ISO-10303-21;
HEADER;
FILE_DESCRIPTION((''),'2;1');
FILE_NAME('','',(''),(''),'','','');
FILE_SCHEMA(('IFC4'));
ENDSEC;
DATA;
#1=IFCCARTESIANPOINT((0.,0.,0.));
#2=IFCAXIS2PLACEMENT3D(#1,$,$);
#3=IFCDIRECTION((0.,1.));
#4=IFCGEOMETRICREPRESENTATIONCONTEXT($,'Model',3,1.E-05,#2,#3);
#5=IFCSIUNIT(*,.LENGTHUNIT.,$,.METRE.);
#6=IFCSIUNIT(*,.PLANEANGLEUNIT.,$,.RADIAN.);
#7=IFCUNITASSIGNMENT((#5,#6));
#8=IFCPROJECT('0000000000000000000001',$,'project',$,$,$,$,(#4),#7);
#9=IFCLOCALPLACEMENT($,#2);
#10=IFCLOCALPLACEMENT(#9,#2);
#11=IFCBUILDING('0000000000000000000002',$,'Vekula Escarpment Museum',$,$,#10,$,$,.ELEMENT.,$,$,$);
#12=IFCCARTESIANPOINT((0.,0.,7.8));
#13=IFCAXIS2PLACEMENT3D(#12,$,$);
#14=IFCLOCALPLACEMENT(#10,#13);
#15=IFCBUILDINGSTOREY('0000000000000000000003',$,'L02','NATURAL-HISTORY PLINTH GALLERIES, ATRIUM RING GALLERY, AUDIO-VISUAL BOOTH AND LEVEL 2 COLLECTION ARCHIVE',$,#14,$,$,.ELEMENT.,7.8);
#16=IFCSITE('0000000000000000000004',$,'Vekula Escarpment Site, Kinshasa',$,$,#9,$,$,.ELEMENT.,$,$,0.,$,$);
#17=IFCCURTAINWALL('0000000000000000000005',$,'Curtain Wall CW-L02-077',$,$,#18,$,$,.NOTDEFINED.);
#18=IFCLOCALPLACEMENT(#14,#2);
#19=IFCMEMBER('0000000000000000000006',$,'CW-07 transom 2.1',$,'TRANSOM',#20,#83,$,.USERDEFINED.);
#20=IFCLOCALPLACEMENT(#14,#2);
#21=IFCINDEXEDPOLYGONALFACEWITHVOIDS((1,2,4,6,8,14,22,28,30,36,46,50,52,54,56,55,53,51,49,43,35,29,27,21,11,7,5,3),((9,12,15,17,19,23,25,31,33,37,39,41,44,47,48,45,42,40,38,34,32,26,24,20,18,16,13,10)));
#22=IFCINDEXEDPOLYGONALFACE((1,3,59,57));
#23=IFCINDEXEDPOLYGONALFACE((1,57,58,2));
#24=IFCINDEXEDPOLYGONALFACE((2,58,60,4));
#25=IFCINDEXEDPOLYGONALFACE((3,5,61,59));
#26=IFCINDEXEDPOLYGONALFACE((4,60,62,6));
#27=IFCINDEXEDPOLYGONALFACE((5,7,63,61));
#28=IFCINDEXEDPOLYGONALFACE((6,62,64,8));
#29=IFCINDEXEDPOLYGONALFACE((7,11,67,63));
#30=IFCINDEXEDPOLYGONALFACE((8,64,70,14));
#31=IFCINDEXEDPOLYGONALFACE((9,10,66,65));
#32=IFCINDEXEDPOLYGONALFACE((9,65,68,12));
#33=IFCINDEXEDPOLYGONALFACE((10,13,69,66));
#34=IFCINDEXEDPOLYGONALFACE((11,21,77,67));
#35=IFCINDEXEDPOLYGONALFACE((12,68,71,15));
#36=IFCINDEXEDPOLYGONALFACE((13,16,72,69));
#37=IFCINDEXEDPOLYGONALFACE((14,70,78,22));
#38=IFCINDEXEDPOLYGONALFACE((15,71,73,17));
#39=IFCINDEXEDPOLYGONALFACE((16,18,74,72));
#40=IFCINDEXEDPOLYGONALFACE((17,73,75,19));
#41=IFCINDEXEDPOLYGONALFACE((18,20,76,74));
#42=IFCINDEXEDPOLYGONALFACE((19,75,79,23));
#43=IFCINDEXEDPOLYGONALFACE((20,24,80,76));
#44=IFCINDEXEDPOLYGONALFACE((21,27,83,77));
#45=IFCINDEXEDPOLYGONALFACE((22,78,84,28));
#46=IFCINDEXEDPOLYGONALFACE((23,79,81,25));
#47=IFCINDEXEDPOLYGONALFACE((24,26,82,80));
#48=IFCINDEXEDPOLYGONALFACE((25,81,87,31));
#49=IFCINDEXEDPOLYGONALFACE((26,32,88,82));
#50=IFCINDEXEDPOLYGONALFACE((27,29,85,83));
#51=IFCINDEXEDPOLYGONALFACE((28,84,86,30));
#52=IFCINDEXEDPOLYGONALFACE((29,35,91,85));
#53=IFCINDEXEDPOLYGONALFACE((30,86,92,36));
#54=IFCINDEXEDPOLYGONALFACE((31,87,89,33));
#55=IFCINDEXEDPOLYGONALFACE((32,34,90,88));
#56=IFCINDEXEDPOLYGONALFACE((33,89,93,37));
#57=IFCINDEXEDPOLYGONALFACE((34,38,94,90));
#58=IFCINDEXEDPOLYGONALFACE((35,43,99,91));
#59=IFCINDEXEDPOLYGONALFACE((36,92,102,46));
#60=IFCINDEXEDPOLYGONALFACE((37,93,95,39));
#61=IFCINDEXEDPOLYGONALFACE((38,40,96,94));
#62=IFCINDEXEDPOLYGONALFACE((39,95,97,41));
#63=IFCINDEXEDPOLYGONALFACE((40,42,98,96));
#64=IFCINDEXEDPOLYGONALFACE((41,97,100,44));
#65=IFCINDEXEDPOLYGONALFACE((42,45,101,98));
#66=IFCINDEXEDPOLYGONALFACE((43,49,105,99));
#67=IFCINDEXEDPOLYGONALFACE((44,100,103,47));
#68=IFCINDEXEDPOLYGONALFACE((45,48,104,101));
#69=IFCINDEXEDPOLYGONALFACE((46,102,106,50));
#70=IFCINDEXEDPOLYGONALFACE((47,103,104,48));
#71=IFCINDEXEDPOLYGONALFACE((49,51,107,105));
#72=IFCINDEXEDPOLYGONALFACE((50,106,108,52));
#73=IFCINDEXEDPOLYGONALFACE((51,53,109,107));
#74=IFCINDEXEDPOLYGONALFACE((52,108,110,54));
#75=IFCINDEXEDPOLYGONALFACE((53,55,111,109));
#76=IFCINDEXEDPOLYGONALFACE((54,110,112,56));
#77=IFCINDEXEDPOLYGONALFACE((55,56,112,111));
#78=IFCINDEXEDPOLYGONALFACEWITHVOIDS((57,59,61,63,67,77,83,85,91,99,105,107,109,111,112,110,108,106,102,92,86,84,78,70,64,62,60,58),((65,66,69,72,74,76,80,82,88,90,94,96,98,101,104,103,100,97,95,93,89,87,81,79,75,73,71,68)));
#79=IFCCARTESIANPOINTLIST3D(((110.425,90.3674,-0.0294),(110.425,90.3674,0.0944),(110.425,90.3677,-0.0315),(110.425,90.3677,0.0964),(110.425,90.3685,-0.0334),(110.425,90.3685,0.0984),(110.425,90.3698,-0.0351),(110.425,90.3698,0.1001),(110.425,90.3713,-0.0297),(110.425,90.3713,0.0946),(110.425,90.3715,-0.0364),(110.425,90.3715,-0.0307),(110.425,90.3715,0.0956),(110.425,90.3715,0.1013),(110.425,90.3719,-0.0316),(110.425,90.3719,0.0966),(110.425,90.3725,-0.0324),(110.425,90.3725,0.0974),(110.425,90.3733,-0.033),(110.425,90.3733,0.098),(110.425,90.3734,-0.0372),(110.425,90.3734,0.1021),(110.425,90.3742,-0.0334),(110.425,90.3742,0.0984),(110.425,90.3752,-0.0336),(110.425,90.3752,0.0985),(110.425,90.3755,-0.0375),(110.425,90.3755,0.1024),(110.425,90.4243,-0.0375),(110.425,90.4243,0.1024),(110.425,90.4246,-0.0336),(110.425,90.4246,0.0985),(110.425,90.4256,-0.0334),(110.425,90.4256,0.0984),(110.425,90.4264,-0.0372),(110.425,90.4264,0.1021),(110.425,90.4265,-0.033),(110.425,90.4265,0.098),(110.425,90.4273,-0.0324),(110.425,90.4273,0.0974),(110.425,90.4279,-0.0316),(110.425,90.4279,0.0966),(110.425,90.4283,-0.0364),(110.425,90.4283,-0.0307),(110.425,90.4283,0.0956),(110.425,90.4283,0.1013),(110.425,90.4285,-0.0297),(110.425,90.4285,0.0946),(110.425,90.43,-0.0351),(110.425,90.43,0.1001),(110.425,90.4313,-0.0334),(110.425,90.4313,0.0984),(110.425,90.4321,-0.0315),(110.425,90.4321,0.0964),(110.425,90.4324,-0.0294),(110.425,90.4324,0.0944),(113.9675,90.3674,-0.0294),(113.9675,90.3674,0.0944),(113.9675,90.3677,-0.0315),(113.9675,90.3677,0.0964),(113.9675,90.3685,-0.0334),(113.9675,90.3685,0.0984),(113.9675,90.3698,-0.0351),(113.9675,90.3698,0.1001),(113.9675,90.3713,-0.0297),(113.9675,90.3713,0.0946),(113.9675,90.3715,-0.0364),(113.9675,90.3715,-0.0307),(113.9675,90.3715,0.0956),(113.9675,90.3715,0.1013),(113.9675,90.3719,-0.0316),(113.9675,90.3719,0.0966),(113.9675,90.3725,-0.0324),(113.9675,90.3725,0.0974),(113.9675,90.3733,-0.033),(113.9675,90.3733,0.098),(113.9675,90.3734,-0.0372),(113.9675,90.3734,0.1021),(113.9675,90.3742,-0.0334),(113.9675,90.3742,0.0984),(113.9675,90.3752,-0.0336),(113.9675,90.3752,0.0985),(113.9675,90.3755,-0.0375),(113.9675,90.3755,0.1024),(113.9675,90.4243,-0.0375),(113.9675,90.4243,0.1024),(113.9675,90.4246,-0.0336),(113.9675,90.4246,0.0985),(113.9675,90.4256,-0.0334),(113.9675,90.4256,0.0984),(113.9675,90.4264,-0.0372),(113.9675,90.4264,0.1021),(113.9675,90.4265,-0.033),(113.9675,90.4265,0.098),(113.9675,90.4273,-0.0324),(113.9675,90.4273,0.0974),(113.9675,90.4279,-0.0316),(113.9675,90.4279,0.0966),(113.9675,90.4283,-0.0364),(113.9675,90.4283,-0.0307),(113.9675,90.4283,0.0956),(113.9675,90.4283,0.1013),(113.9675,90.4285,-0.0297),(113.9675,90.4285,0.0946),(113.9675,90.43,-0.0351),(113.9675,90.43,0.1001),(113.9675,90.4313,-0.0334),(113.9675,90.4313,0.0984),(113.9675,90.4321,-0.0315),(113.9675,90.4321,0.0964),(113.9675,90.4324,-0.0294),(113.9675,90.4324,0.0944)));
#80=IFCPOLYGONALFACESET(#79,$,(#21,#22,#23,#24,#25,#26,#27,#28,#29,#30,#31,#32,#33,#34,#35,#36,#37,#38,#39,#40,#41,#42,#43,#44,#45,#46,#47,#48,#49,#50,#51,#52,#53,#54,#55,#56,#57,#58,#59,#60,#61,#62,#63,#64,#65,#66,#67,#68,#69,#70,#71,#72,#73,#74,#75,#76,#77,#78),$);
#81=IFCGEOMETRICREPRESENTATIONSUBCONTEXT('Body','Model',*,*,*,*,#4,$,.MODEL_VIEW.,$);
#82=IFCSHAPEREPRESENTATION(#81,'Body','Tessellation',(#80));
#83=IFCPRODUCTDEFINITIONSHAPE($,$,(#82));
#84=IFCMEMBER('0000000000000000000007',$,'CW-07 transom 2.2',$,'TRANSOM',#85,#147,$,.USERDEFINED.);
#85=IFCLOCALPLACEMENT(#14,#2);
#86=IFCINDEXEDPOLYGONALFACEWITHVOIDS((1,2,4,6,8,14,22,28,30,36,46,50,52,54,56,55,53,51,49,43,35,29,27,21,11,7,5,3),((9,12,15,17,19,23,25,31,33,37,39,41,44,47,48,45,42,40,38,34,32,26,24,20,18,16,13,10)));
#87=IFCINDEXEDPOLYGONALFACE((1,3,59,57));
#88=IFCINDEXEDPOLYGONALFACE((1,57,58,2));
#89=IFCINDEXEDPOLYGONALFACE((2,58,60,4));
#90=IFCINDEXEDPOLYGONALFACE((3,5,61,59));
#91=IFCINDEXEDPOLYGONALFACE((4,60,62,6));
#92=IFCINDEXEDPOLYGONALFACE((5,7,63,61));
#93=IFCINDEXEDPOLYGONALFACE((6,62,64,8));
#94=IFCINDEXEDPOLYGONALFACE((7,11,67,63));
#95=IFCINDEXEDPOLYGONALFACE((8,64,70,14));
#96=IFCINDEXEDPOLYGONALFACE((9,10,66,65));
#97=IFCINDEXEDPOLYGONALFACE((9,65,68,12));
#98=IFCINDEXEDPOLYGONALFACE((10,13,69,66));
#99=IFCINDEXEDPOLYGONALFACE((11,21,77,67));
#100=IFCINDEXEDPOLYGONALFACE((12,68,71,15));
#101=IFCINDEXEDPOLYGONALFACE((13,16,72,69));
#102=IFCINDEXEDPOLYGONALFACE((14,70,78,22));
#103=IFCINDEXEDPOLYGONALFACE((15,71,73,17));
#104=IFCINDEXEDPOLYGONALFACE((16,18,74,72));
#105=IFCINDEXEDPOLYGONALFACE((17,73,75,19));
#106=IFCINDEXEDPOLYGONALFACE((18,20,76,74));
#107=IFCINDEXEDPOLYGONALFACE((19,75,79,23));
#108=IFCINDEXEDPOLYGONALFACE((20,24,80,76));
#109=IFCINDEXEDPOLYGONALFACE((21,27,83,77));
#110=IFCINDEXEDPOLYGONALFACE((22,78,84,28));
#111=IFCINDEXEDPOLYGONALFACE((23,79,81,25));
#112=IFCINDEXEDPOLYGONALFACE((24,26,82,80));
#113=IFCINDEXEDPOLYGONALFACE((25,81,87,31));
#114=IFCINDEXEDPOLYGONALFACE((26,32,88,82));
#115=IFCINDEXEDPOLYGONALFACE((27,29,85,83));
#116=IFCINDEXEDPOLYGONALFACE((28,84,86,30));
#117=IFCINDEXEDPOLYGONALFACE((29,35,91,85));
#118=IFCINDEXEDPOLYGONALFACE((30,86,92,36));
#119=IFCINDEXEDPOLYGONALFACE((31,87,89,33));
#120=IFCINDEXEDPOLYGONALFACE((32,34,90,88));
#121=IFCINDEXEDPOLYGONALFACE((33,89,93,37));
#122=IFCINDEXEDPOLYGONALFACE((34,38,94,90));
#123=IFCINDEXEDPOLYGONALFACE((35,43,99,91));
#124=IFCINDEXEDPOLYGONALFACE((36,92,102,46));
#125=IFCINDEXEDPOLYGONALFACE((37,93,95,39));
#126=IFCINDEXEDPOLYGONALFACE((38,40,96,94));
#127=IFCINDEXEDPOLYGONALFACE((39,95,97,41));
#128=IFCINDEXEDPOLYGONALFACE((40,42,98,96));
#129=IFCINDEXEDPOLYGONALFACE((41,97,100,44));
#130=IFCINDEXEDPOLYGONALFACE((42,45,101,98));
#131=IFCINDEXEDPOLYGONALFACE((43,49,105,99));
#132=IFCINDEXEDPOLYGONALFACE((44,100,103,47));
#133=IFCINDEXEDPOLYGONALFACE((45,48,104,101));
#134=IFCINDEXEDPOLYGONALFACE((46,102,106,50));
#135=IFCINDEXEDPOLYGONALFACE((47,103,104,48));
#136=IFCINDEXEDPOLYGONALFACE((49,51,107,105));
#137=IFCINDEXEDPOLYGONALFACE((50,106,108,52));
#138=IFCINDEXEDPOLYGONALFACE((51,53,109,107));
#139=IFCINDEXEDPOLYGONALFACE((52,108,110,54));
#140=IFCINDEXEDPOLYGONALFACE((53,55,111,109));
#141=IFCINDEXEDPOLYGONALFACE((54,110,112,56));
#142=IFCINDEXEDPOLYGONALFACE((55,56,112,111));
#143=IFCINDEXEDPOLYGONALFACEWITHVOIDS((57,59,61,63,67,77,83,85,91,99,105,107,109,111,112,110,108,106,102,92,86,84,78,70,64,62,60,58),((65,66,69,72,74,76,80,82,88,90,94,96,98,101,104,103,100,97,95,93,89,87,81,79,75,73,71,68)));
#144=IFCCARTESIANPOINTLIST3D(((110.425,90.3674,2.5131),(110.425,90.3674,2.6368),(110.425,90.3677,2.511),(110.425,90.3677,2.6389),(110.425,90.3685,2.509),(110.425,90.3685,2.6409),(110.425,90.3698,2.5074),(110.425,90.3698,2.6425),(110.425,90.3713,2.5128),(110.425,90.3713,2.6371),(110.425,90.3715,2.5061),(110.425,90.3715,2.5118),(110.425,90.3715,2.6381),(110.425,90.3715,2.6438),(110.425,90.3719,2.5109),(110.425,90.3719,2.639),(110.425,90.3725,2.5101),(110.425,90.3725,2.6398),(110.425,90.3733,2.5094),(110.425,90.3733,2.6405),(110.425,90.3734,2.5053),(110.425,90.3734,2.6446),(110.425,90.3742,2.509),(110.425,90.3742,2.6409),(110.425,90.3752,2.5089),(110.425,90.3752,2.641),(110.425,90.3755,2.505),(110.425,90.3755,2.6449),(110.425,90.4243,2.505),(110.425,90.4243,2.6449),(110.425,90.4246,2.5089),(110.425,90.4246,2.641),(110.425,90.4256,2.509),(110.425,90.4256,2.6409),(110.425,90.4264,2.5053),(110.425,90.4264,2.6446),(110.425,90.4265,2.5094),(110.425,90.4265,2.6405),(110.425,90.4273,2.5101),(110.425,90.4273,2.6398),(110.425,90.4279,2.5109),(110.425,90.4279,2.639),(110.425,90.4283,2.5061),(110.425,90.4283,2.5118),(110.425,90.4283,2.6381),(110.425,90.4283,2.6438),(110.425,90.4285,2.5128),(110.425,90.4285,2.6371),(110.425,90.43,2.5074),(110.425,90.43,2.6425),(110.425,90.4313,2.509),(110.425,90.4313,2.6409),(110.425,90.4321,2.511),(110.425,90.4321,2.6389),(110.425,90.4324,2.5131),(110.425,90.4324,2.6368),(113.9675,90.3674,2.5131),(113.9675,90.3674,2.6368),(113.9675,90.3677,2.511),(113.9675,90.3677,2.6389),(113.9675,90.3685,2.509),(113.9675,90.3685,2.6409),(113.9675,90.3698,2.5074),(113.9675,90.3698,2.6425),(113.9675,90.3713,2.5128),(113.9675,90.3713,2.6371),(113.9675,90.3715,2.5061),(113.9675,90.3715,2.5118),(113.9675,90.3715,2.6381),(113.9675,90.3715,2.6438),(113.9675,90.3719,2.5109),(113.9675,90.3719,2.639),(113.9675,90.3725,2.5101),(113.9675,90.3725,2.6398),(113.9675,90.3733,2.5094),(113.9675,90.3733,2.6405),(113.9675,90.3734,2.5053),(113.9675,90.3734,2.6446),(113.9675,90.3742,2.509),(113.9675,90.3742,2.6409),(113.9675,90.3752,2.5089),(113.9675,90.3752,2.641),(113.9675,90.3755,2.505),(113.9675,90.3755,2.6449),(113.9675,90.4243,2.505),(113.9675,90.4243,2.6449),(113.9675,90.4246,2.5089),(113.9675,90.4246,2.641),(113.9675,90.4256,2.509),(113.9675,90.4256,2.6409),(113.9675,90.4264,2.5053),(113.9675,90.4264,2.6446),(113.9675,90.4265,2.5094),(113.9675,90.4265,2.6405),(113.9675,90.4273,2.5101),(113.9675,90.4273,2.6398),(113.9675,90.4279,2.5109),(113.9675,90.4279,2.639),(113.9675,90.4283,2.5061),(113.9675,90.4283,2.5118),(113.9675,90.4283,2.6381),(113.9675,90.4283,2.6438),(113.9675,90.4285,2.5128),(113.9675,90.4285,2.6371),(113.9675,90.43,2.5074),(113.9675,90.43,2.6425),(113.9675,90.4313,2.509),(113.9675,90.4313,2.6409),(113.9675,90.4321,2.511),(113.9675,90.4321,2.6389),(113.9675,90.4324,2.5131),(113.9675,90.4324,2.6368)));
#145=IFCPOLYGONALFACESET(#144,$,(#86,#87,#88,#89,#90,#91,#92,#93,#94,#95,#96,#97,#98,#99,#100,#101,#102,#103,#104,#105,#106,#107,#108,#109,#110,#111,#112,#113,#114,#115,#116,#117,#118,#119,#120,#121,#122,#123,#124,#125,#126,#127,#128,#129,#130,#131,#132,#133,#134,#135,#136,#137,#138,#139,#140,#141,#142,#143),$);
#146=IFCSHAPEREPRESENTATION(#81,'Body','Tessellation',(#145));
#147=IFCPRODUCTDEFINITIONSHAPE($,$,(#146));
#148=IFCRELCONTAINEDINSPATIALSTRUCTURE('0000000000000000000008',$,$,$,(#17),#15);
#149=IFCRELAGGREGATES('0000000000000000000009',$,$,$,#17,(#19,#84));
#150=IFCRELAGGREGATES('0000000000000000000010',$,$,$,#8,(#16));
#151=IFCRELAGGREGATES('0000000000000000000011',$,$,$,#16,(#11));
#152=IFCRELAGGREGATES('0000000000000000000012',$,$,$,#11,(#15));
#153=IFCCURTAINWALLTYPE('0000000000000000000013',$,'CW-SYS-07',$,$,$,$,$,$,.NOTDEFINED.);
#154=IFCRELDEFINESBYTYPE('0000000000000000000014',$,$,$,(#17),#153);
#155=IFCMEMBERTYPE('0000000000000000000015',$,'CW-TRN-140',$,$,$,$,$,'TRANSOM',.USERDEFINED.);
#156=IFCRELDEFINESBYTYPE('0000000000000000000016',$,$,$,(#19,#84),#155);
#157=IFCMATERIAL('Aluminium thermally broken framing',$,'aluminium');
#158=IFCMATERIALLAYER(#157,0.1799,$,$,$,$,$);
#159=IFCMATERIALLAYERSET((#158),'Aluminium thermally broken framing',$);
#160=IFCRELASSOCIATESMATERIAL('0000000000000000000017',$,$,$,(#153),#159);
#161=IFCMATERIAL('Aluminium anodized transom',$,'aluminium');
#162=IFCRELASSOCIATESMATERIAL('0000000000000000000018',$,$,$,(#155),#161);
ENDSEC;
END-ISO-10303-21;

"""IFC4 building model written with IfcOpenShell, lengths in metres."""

from ifc_helpers import new_model, si_unit, direction, frame, origin, origin_2d, place, context, subcontext, project, spatial, hollow_rectangle, extrude, material, layer, layer_set, material_profile, profile_set, type_object, element, aggregate, save


model = new_model("IFC4")

# Units and contexts
model_context = context("Model", 3, precision=1e-05, world=origin(), true_north=direction((0.0, 1.0)))
body_context = subcontext(model_context, "Body", "Model", "MODEL_VIEW")
ifc_project = project(units=[si_unit("LENGTHUNIT", "METRE"), si_unit("PLANEANGLEUNIT", "RADIAN")], contexts=[model_context])

# Site, building, storey
site_placement = place(None, origin())
site = spatial("IfcSite", under=ifc_project, at=site_placement, Name="Vekula Escarpment Site, Kinshasa", CompositionType="ELEMENT", RefElevation=0.0)
building_placement = place(site_placement, origin())
building = spatial("IfcBuilding", under=site, at=building_placement, Name="Vekula Escarpment Museum", CompositionType="ELEMENT")
storey_placement = place(building_placement, frame((0.0, 0.0, 7.8)))
storey = spatial("IfcBuildingStorey", under=building, at=storey_placement, Name="L02", Description="NATURAL-HISTORY PLINTH GALLERIES, ATRIUM RING GALLERY, AUDIO-VISUAL BOOTH AND LEVEL 2 COLLECTION ARCHIVE", CompositionType="ELEMENT", Elevation=7.8)

# Curtain wall, members
ifc_material_1 = material(Name="Aluminium thermally broken framing", Category="aluminium")
ifc_layer_1 = layer(ifc_material_1, 0.1799)
ifc_layer_set_1 = layer_set([ifc_layer_1], Name="Aluminium thermally broken framing")
curtain_wall_type = type_object("IfcCurtainWallType", Name="CW-SYS-07", PredefinedType="NOTDEFINED", material=ifc_layer_set_1)
curtain_wall_placement = place(storey_placement, origin())
curtain_wall = element("IfcCurtainWall", 1, at=curtain_wall_placement, inside=storey, type_object=curtain_wall_type, Name="Curtain Wall CW-L02-077", PredefinedType="NOTDEFINED")
ifc_material_2 = material(Name="Aluminium anodized transom", Category="aluminium")
ifc_material_profile_1 = material_profile(ifc_material_2, hollow_rectangle(XDim=0.0649, YDim=0.1399, WallThickness=0.0039, InnerFilletRadius=0.0039, OuterFilletRadius=0.0081, at=origin_2d()), Name="ALU 140x65x4")
ifc_profile_set_1 = profile_set([ifc_material_profile_1], Name="Aluminium anodized transom")
member_type_1 = type_object("IfcMemberType", Name="CW-TRN-140", ElementType="TRANSOM", PredefinedType="USERDEFINED", material=ifc_profile_set_1)
member_1_placement = place(storey_placement, frame((113.9675, 90.3999, 0.0325), z_axis=(-1.0, 0.0, 0.0), x_axis=(0.0, -1.0, 0.0)))
member_1 = element("IfcMember", 2, at=member_1_placement, type_object=member_type_1, Name="CW-07 transom 2.1", ObjectType="TRANSOM", PredefinedType="USERDEFINED", context=body_context, shape_type="SweptSolid", body=[
    extrude(hollow_rectangle(XDim=0.0649, YDim=0.1399, WallThickness=0.0039, InnerFilletRadius=0.0039, OuterFilletRadius=0.0081, at=origin_2d()), origin(), (0.0, 0.0, 1.0), 3.5425),
])
member_2_placement = place(storey_placement, frame((113.9675, 90.3999, 2.575), z_axis=(-1.0, 0.0, 0.0), x_axis=(0.0, -1.0, 0.0)))
member_2 = element("IfcMember", 3, at=member_2_placement, type_object=member_type_1, Name="CW-07 transom 2.2", ObjectType="TRANSOM", PredefinedType="USERDEFINED", context=body_context, shape_type="SweptSolid", body=[
    extrude(hollow_rectangle(XDim=0.0649, YDim=0.1399, WallThickness=0.0039, InnerFilletRadius=0.0039, OuterFilletRadius=0.0081, at=origin_2d()), origin(), (0.0, 0.0, 1.0), 3.5425),
])

aggregate(curtain_wall, [member_1, member_2])

save(model, "model.ifc")
